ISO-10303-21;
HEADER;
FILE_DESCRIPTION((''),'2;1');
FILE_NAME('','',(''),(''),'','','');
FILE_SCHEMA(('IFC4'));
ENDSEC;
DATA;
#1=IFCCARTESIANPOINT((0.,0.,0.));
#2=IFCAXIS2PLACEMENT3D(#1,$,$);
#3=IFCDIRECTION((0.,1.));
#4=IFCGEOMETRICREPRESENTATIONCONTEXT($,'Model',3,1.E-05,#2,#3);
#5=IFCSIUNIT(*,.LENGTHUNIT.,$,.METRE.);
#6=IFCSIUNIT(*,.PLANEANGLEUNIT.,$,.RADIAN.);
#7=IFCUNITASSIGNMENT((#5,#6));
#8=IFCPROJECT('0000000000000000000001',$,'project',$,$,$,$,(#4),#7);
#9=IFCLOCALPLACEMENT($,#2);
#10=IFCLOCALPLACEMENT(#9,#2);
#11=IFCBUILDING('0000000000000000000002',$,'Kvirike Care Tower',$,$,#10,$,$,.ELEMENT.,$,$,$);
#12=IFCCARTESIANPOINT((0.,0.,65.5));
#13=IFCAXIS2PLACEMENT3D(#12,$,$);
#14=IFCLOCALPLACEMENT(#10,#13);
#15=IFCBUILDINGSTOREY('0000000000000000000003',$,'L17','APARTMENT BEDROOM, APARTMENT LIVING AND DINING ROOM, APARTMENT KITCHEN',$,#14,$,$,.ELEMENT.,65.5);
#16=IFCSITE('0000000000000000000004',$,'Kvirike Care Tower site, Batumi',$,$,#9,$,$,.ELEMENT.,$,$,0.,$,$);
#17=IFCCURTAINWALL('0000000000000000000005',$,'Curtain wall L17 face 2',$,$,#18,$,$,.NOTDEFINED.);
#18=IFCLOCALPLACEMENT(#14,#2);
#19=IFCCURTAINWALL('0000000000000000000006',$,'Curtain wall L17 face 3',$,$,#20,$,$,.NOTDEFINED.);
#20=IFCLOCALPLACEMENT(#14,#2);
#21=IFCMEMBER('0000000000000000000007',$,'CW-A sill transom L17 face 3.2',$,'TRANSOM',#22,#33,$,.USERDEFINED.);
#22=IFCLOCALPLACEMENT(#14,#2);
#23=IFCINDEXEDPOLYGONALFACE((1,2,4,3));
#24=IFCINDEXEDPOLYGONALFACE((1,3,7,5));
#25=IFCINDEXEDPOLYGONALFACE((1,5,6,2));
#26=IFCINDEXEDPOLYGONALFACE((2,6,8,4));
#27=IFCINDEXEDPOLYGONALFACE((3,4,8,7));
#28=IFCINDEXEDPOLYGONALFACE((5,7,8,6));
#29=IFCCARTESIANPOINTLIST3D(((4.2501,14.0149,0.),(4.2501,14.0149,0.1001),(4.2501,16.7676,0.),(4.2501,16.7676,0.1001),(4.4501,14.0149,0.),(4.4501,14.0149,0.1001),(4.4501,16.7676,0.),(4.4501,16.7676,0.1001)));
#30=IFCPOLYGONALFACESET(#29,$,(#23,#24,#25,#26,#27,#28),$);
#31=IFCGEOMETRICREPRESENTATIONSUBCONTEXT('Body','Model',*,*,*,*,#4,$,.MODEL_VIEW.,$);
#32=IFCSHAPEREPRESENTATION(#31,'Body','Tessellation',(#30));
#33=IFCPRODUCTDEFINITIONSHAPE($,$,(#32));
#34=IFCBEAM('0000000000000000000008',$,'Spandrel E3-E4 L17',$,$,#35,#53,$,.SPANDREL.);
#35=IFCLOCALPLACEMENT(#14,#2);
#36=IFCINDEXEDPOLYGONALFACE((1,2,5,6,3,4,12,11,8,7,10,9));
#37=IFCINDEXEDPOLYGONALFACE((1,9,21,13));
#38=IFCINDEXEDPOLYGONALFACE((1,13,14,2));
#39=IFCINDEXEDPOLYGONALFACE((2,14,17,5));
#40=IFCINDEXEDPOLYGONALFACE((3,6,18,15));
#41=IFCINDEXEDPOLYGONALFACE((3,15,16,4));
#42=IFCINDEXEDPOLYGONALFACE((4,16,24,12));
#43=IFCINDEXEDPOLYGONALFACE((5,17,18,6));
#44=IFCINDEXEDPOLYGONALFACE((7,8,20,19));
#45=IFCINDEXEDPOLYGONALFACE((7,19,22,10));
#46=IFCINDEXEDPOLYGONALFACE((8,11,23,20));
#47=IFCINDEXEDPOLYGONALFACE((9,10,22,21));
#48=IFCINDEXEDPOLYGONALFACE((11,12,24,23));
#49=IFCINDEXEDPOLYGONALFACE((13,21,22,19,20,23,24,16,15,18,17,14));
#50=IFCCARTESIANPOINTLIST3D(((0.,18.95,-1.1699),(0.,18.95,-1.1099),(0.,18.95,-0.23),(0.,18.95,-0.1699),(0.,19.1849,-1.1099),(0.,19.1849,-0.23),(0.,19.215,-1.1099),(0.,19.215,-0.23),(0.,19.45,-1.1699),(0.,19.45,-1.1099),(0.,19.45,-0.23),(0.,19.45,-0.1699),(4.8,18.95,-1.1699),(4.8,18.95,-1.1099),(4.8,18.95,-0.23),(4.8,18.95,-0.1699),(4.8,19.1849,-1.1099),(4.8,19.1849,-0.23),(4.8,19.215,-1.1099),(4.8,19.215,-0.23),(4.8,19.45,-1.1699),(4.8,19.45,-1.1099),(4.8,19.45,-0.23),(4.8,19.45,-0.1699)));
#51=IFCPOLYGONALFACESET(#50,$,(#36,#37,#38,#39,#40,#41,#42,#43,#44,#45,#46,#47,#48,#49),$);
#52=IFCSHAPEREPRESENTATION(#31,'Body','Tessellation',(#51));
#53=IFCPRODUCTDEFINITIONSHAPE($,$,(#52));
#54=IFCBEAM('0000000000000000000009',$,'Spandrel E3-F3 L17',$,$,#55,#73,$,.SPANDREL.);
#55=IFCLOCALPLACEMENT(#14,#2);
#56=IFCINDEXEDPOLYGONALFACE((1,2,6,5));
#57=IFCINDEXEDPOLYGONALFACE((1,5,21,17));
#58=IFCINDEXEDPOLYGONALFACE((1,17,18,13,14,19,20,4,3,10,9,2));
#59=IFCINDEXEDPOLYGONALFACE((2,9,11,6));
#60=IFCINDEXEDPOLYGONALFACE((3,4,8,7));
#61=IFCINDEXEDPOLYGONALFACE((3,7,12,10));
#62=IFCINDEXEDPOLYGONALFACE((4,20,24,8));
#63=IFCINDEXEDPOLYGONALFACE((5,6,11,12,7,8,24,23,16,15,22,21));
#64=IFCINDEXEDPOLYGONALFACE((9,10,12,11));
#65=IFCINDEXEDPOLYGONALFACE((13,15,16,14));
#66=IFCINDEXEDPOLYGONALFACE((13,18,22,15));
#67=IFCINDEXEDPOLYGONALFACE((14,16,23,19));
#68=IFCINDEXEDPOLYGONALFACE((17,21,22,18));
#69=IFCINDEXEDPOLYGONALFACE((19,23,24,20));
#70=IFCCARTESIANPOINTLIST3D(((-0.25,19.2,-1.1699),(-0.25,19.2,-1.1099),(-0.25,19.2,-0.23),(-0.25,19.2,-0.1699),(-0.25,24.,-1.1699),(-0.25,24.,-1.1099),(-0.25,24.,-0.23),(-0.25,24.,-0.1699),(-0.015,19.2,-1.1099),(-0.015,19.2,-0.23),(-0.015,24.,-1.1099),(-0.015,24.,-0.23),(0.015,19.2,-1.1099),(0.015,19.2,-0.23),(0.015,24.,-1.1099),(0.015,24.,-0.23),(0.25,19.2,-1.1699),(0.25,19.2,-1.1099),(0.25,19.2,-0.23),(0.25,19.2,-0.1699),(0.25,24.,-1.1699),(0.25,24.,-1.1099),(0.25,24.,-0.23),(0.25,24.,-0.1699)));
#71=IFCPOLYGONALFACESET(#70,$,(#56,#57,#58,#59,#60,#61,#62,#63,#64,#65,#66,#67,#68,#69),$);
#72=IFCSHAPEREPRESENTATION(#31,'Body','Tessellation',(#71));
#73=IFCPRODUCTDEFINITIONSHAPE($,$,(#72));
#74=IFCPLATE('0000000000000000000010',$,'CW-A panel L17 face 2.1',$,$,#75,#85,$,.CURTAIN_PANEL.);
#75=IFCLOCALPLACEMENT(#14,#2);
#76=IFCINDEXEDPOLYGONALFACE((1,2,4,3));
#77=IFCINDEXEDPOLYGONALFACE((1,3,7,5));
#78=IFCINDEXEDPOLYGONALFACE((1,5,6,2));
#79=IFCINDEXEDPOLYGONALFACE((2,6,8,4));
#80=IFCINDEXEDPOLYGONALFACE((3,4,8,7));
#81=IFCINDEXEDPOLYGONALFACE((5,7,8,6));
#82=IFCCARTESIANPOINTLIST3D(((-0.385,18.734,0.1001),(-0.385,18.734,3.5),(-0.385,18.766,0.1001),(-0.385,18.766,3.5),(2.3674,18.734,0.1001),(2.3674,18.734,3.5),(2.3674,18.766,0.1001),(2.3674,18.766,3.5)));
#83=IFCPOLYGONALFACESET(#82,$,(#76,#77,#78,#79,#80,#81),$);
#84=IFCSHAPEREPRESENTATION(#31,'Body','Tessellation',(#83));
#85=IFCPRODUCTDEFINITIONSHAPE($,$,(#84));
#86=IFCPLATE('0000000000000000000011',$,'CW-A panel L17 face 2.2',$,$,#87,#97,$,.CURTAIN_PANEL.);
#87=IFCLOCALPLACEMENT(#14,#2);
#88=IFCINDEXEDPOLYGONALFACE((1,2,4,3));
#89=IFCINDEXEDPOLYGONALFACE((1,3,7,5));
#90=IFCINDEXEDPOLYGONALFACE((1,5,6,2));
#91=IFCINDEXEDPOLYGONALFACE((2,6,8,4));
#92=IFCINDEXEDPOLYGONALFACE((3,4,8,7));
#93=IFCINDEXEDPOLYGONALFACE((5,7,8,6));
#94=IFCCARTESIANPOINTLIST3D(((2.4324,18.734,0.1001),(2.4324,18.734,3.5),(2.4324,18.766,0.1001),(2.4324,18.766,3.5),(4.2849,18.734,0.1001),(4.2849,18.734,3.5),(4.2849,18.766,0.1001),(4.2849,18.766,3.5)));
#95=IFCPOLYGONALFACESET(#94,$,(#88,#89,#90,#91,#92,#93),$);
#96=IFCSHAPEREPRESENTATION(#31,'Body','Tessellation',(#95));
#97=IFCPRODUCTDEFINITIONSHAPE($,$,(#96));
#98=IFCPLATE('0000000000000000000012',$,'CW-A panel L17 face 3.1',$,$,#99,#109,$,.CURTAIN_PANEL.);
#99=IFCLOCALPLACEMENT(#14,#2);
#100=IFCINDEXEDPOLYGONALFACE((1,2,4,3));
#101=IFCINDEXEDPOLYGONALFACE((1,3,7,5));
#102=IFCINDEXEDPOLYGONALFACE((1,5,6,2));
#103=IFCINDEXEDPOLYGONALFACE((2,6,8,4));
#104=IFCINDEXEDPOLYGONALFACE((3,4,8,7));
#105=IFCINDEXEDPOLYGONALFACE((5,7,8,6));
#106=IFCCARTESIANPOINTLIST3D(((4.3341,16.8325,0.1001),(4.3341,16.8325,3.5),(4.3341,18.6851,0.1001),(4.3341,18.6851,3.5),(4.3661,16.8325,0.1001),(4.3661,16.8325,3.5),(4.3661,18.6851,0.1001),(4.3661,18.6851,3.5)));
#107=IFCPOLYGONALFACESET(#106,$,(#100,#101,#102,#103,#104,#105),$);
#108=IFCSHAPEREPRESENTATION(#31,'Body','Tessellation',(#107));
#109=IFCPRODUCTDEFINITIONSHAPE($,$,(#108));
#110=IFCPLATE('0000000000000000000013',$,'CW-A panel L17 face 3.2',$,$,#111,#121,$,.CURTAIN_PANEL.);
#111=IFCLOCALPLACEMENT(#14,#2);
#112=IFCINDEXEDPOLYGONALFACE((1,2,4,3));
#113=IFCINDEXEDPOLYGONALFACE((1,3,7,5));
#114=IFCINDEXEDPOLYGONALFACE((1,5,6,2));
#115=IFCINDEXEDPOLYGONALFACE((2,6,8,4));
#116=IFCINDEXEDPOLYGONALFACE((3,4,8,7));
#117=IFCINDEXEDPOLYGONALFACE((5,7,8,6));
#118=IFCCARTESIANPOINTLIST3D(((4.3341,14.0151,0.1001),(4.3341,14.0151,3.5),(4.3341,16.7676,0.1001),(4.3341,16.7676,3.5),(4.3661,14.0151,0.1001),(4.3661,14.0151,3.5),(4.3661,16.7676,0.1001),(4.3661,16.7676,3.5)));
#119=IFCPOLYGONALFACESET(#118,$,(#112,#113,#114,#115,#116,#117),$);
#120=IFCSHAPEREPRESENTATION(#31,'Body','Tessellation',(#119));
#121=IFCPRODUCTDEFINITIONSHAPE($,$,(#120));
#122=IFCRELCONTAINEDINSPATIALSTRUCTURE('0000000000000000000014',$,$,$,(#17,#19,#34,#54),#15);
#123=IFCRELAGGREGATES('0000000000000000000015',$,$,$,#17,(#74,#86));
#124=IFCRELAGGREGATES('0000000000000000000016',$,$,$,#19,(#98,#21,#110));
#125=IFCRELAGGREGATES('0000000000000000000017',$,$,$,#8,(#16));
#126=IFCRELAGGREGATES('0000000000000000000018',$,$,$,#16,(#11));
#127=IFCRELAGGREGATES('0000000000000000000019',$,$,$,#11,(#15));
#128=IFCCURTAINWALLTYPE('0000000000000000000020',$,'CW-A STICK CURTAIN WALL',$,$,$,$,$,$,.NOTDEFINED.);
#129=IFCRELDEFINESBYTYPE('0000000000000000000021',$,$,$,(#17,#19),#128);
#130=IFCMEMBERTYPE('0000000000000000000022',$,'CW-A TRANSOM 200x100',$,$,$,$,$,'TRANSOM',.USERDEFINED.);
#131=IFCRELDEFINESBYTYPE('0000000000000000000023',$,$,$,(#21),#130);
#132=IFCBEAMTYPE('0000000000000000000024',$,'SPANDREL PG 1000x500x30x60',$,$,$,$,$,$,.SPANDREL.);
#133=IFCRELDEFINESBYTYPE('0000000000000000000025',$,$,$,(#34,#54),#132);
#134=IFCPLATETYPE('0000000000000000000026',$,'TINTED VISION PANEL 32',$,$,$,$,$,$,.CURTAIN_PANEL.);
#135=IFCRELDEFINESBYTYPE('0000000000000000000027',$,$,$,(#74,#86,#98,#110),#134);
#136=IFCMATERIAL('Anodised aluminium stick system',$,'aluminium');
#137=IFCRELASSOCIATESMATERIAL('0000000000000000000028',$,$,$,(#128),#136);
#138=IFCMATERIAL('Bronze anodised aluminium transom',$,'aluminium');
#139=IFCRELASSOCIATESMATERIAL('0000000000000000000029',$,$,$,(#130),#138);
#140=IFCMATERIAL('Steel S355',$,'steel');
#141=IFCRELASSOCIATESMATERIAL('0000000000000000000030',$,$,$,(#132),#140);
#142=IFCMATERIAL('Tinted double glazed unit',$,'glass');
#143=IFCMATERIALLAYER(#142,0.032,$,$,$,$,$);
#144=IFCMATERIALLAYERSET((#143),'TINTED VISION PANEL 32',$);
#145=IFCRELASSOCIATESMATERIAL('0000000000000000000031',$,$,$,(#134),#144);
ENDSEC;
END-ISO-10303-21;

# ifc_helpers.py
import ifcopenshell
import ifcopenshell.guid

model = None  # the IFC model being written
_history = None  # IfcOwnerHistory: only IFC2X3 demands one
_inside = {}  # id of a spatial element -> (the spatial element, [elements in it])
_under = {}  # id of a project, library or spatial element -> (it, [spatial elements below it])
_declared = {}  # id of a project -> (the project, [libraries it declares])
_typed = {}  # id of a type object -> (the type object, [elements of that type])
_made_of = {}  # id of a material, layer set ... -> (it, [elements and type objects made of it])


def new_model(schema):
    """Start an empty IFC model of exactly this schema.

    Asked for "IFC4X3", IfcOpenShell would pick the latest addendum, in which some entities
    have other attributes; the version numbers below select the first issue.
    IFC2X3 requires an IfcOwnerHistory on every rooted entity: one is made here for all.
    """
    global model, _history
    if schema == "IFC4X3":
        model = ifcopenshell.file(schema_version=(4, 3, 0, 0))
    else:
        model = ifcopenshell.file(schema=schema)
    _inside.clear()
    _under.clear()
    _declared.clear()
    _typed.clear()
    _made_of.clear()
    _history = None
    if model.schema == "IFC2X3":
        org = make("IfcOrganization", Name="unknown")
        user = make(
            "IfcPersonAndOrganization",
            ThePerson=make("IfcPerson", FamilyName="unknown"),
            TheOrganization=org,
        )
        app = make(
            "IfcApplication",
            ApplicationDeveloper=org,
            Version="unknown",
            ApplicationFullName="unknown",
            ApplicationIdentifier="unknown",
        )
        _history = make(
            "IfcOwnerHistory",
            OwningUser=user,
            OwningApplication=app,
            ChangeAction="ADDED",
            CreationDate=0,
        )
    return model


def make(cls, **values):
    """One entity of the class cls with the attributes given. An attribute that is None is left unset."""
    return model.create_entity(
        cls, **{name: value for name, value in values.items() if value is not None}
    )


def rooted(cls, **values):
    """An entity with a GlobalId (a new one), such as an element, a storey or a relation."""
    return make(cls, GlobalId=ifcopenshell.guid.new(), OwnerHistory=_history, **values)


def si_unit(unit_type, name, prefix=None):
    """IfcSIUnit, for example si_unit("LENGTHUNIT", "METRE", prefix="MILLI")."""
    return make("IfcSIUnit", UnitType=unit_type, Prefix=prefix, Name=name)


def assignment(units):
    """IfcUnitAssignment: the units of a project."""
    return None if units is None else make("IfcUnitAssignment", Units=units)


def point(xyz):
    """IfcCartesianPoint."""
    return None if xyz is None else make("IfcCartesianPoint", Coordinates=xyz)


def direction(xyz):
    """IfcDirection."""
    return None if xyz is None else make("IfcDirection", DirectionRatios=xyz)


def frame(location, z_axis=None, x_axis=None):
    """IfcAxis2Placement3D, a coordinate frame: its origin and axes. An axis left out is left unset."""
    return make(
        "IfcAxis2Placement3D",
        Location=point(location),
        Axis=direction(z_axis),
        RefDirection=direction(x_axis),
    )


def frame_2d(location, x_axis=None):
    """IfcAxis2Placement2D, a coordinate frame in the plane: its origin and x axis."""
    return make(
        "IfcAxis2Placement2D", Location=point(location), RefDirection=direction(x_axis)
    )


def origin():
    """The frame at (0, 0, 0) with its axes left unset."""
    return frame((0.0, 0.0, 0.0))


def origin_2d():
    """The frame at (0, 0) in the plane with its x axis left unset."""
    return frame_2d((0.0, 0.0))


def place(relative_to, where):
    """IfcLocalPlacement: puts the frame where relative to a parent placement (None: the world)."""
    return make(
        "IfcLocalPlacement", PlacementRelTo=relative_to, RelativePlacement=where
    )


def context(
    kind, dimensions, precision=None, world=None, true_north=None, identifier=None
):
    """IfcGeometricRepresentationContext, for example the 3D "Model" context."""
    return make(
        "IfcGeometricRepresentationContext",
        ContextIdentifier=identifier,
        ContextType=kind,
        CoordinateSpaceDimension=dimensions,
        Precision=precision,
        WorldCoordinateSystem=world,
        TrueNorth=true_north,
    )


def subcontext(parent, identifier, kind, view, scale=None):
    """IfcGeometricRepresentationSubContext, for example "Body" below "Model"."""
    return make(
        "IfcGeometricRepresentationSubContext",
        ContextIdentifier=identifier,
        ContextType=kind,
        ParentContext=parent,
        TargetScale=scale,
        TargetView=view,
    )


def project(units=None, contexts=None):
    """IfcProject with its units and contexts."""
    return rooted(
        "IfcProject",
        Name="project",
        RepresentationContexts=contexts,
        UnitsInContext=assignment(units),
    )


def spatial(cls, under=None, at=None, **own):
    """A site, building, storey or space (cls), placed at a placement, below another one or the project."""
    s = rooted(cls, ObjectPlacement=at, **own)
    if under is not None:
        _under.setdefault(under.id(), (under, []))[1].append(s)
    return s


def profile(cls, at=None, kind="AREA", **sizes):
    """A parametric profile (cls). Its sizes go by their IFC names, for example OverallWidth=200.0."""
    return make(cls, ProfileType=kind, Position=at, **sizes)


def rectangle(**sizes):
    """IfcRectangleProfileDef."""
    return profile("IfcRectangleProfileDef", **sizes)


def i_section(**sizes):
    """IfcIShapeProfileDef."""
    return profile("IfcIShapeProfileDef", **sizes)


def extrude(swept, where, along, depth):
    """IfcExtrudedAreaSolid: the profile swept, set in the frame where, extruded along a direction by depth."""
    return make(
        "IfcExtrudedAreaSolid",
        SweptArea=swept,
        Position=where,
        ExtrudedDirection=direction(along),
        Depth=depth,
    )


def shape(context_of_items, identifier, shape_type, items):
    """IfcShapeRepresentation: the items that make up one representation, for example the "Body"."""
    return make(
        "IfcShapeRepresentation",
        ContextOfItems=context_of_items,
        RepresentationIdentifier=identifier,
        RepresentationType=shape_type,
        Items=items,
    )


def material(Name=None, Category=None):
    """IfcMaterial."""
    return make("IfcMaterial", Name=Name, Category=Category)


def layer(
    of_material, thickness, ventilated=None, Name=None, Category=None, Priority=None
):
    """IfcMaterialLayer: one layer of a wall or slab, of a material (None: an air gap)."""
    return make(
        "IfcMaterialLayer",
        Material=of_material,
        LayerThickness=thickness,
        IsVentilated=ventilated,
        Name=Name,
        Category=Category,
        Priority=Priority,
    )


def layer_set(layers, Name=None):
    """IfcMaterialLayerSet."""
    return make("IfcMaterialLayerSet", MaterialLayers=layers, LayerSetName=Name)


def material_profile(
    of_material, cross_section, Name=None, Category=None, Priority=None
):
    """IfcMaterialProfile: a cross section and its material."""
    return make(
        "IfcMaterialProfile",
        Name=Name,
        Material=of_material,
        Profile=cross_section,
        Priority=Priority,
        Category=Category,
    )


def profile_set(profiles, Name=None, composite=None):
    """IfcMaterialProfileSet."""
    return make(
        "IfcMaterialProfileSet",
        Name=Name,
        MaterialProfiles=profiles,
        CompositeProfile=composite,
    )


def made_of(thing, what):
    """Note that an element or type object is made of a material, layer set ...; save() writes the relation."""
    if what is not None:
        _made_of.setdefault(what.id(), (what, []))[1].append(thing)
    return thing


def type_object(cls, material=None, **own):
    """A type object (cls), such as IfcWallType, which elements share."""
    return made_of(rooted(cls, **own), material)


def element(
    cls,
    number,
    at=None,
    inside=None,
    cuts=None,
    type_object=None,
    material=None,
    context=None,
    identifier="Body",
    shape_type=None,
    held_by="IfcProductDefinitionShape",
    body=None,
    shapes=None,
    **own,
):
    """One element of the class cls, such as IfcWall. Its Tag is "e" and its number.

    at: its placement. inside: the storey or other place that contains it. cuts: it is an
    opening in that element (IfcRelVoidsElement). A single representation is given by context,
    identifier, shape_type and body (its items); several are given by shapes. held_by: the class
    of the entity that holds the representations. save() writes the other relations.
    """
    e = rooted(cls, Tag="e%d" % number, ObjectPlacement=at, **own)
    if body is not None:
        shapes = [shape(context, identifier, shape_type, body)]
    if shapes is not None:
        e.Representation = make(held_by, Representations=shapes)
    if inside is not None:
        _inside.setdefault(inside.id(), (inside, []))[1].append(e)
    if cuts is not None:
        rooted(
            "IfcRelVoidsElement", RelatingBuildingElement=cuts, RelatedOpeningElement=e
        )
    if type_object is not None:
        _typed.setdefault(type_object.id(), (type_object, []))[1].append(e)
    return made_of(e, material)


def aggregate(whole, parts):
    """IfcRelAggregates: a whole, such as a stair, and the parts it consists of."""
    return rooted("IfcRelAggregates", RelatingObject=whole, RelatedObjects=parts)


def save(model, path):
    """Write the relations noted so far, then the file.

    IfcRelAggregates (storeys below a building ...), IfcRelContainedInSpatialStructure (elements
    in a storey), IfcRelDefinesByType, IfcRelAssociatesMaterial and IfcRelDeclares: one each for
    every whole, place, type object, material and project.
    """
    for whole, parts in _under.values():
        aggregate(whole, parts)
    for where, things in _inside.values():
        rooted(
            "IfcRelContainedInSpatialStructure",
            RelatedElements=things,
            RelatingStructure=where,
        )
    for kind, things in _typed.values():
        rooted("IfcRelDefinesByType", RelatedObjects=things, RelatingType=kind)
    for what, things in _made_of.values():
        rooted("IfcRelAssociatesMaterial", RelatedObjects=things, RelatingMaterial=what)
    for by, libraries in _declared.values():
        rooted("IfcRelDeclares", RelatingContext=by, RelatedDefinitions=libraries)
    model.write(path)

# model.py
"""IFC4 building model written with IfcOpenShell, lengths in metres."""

from ifc_helpers import new_model, si_unit, direction, frame, origin, origin_2d, place, context, subcontext, project, spatial, rectangle, i_section, extrude, material, layer, layer_set, material_profile, profile_set, type_object, element, aggregate, save


model = new_model("IFC4")

# Units and contexts
model_context = context("Model", 3, precision=1e-05, world=origin(), true_north=direction((0.0, 1.0)))
body_context = subcontext(model_context, "Body", "Model", "MODEL_VIEW")
ifc_project = project(units=[si_unit("LENGTHUNIT", "METRE"), si_unit("PLANEANGLEUNIT", "RADIAN")], contexts=[model_context])

# Site, building, storey
site_placement = place(None, origin())
site = spatial("IfcSite", under=ifc_project, at=site_placement, Name="Kvirike Care Tower site, Batumi", CompositionType="ELEMENT", RefElevation=0.0)
building_placement = place(site_placement, origin())
building = spatial("IfcBuilding", under=site, at=building_placement, Name="Kvirike Care Tower", CompositionType="ELEMENT")
storey_placement = place(building_placement, frame((0.0, 0.0, 65.5)))
storey = spatial("IfcBuildingStorey", under=building, at=storey_placement, Name="L17", Description="APARTMENT BEDROOM, APARTMENT LIVING AND DINING ROOM, APARTMENT KITCHEN", CompositionType="ELEMENT", Elevation=65.5)

# Curtain walls
ifc_material_1 = material(Name="Anodised aluminium stick system", Category="aluminium")
curtain_wall_type = type_object("IfcCurtainWallType", Name="CW-A STICK CURTAIN WALL", PredefinedType="NOTDEFINED", material=ifc_material_1)
curtain_wall_1_placement = place(storey_placement, origin())
curtain_wall_1 = element("IfcCurtainWall", 1, at=curtain_wall_1_placement, inside=storey, type_object=curtain_wall_type, Name="Curtain wall L17 face 2", PredefinedType="NOTDEFINED")
curtain_wall_2_placement = place(storey_placement, origin())
curtain_wall_2 = element("IfcCurtainWall", 2, at=curtain_wall_2_placement, inside=storey, type_object=curtain_wall_type, Name="Curtain wall L17 face 3", PredefinedType="NOTDEFINED")

# Member
ifc_material_2 = material(Name="Bronze anodised aluminium transom", Category="aluminium")
ifc_material_profile_1 = material_profile(ifc_material_2, rectangle(XDim=0.2, YDim=0.1001, at=origin_2d()), Name="CW-A TRANSOM 200x100")
ifc_profile_set_1 = profile_set([ifc_material_profile_1], Name="Bronze anodised aluminium transom")
member_type_1 = type_object("IfcMemberType", Name="CW-A TRANSOM 200x100", ElementType="TRANSOM", PredefinedType="USERDEFINED", material=ifc_profile_set_1)
member_1_placement = place(storey_placement, frame((4.3501, 16.7676, 0.05), z_axis=(0.0, -1.0, 0.0), x_axis=(1.0, 0.0, 0.0)))
member_1 = element("IfcMember", 3, at=member_1_placement, type_object=member_type_1, Name="CW-A sill transom L17 face 3.2", ObjectType="TRANSOM", PredefinedType="USERDEFINED", context=body_context, shape_type="SweptSolid", body=[
    extrude(rectangle(XDim=0.2, YDim=0.1001, at=origin_2d()), origin(), (0.0, 0.0, 1.0), 2.7527),
])

# Beams
ifc_material_3 = material(Name="Steel S355", Category="steel")
ifc_material_profile_2 = material_profile(ifc_material_3, i_section(OverallWidth=0.5, OverallDepth=1.0, WebThickness=0.03, FlangeThickness=0.0601, at=origin_2d()), Name="PG 1000x500x30x60")
ifc_profile_set_2 = profile_set([ifc_material_profile_2], Name="Steel S355")
beam_type = type_object("IfcBeamType", Name="SPANDREL PG 1000x500x30x60", PredefinedType="SPANDREL", material=ifc_profile_set_2)
for number, where, z_axis, x_axis, name in (
    (4, (0.0, 19.2, -0.6699), (1.0, 0.0, 0.0), (0.0, 1.0, 0.0), "Spandrel E3-E4 L17"),
    (5, (0.0, 19.2, -0.6699), (0.0, 1.0, 0.0), (-1.0, 0.0, 0.0), "Spandrel E3-F3 L17"),
):
    element("IfcBeam", number, at=place(storey_placement, frame(where, z_axis=z_axis, x_axis=x_axis)), inside=storey, type_object=beam_type, Name=name, PredefinedType="SPANDREL", context=body_context, shape_type="SweptSolid", body=[
        extrude(i_section(OverallWidth=0.5, OverallDepth=1.0, WebThickness=0.03, FlangeThickness=0.0601, at=origin_2d()), origin(), (0.0, 0.0, 1.0), 4.8),
    ])

# Plates
ifc_material_4 = material(Name="Tinted double glazed unit", Category="glass")
ifc_layer = layer(ifc_material_4, 0.032)
ifc_layer_set = layer_set([ifc_layer], Name="TINTED VISION PANEL 32")
plate_type = type_object("IfcPlateType", Name="TINTED VISION PANEL 32", PredefinedType="CURTAIN_PANEL", material=ifc_layer_set)
plate_1_placement = place(storey_placement, frame((0.9912, 18.75, 0.1001), z_axis=(0.0, 0.0, 1.0), x_axis=(1.0, 0.0, 0.0)))
plate_1 = element("IfcPlate", 6, at=plate_1_placement, type_object=plate_type, Name="CW-A panel L17 face 2.1", PredefinedType="CURTAIN_PANEL", context=body_context, shape_type="SweptSolid", body=[
    extrude(rectangle(XDim=2.7524, YDim=0.032, at=origin_2d()), origin(), (0.0, 0.0, 1.0), 3.3999),
])
plate_2_placement = place(storey_placement, frame((3.3586, 18.75, 0.1001), z_axis=(0.0, 0.0, 1.0), x_axis=(1.0, 0.0, 0.0)))
plate_2 = element("IfcPlate", 7, at=plate_2_placement, type_object=plate_type, Name="CW-A panel L17 face 2.2", PredefinedType="CURTAIN_PANEL", context=body_context, shape_type="SweptSolid", body=[
    extrude(rectangle(XDim=1.8525, YDim=0.032, at=origin_2d()), origin(), (0.0, 0.0, 1.0), 3.3999),
])
aggregate(curtain_wall_1, [plate_1, plate_2])
plate_3_placement = place(storey_placement, frame((4.3501, 17.7588, 0.1001), z_axis=(0.0, 0.0, 1.0), x_axis=(0.0, -1.0, 0.0)))
plate_3 = element("IfcPlate", 8, at=plate_3_placement, type_object=plate_type, Name="CW-A panel L17 face 3.1", PredefinedType="CURTAIN_PANEL", context=body_context, shape_type="SweptSolid", body=[
    extrude(rectangle(XDim=1.8525, YDim=0.032, at=origin_2d()), origin(), (0.0, 0.0, 1.0), 3.3999),
])
plate_4_placement = place(storey_placement, frame((4.3501, 15.3914, 0.1001), z_axis=(0.0, 0.0, 1.0), x_axis=(0.0, -1.0, 0.0)))
plate_4 = element("IfcPlate", 9, at=plate_4_placement, type_object=plate_type, Name="CW-A panel L17 face 3.2", PredefinedType="CURTAIN_PANEL", context=body_context, shape_type="SweptSolid", body=[
    extrude(rectangle(XDim=2.7524, YDim=0.032, at=origin_2d()), origin(), (0.0, 0.0, 1.0), 3.3999),
])
aggregate(curtain_wall_2, [plate_3, member_1, plate_4])

save(model, "model.ifc")
